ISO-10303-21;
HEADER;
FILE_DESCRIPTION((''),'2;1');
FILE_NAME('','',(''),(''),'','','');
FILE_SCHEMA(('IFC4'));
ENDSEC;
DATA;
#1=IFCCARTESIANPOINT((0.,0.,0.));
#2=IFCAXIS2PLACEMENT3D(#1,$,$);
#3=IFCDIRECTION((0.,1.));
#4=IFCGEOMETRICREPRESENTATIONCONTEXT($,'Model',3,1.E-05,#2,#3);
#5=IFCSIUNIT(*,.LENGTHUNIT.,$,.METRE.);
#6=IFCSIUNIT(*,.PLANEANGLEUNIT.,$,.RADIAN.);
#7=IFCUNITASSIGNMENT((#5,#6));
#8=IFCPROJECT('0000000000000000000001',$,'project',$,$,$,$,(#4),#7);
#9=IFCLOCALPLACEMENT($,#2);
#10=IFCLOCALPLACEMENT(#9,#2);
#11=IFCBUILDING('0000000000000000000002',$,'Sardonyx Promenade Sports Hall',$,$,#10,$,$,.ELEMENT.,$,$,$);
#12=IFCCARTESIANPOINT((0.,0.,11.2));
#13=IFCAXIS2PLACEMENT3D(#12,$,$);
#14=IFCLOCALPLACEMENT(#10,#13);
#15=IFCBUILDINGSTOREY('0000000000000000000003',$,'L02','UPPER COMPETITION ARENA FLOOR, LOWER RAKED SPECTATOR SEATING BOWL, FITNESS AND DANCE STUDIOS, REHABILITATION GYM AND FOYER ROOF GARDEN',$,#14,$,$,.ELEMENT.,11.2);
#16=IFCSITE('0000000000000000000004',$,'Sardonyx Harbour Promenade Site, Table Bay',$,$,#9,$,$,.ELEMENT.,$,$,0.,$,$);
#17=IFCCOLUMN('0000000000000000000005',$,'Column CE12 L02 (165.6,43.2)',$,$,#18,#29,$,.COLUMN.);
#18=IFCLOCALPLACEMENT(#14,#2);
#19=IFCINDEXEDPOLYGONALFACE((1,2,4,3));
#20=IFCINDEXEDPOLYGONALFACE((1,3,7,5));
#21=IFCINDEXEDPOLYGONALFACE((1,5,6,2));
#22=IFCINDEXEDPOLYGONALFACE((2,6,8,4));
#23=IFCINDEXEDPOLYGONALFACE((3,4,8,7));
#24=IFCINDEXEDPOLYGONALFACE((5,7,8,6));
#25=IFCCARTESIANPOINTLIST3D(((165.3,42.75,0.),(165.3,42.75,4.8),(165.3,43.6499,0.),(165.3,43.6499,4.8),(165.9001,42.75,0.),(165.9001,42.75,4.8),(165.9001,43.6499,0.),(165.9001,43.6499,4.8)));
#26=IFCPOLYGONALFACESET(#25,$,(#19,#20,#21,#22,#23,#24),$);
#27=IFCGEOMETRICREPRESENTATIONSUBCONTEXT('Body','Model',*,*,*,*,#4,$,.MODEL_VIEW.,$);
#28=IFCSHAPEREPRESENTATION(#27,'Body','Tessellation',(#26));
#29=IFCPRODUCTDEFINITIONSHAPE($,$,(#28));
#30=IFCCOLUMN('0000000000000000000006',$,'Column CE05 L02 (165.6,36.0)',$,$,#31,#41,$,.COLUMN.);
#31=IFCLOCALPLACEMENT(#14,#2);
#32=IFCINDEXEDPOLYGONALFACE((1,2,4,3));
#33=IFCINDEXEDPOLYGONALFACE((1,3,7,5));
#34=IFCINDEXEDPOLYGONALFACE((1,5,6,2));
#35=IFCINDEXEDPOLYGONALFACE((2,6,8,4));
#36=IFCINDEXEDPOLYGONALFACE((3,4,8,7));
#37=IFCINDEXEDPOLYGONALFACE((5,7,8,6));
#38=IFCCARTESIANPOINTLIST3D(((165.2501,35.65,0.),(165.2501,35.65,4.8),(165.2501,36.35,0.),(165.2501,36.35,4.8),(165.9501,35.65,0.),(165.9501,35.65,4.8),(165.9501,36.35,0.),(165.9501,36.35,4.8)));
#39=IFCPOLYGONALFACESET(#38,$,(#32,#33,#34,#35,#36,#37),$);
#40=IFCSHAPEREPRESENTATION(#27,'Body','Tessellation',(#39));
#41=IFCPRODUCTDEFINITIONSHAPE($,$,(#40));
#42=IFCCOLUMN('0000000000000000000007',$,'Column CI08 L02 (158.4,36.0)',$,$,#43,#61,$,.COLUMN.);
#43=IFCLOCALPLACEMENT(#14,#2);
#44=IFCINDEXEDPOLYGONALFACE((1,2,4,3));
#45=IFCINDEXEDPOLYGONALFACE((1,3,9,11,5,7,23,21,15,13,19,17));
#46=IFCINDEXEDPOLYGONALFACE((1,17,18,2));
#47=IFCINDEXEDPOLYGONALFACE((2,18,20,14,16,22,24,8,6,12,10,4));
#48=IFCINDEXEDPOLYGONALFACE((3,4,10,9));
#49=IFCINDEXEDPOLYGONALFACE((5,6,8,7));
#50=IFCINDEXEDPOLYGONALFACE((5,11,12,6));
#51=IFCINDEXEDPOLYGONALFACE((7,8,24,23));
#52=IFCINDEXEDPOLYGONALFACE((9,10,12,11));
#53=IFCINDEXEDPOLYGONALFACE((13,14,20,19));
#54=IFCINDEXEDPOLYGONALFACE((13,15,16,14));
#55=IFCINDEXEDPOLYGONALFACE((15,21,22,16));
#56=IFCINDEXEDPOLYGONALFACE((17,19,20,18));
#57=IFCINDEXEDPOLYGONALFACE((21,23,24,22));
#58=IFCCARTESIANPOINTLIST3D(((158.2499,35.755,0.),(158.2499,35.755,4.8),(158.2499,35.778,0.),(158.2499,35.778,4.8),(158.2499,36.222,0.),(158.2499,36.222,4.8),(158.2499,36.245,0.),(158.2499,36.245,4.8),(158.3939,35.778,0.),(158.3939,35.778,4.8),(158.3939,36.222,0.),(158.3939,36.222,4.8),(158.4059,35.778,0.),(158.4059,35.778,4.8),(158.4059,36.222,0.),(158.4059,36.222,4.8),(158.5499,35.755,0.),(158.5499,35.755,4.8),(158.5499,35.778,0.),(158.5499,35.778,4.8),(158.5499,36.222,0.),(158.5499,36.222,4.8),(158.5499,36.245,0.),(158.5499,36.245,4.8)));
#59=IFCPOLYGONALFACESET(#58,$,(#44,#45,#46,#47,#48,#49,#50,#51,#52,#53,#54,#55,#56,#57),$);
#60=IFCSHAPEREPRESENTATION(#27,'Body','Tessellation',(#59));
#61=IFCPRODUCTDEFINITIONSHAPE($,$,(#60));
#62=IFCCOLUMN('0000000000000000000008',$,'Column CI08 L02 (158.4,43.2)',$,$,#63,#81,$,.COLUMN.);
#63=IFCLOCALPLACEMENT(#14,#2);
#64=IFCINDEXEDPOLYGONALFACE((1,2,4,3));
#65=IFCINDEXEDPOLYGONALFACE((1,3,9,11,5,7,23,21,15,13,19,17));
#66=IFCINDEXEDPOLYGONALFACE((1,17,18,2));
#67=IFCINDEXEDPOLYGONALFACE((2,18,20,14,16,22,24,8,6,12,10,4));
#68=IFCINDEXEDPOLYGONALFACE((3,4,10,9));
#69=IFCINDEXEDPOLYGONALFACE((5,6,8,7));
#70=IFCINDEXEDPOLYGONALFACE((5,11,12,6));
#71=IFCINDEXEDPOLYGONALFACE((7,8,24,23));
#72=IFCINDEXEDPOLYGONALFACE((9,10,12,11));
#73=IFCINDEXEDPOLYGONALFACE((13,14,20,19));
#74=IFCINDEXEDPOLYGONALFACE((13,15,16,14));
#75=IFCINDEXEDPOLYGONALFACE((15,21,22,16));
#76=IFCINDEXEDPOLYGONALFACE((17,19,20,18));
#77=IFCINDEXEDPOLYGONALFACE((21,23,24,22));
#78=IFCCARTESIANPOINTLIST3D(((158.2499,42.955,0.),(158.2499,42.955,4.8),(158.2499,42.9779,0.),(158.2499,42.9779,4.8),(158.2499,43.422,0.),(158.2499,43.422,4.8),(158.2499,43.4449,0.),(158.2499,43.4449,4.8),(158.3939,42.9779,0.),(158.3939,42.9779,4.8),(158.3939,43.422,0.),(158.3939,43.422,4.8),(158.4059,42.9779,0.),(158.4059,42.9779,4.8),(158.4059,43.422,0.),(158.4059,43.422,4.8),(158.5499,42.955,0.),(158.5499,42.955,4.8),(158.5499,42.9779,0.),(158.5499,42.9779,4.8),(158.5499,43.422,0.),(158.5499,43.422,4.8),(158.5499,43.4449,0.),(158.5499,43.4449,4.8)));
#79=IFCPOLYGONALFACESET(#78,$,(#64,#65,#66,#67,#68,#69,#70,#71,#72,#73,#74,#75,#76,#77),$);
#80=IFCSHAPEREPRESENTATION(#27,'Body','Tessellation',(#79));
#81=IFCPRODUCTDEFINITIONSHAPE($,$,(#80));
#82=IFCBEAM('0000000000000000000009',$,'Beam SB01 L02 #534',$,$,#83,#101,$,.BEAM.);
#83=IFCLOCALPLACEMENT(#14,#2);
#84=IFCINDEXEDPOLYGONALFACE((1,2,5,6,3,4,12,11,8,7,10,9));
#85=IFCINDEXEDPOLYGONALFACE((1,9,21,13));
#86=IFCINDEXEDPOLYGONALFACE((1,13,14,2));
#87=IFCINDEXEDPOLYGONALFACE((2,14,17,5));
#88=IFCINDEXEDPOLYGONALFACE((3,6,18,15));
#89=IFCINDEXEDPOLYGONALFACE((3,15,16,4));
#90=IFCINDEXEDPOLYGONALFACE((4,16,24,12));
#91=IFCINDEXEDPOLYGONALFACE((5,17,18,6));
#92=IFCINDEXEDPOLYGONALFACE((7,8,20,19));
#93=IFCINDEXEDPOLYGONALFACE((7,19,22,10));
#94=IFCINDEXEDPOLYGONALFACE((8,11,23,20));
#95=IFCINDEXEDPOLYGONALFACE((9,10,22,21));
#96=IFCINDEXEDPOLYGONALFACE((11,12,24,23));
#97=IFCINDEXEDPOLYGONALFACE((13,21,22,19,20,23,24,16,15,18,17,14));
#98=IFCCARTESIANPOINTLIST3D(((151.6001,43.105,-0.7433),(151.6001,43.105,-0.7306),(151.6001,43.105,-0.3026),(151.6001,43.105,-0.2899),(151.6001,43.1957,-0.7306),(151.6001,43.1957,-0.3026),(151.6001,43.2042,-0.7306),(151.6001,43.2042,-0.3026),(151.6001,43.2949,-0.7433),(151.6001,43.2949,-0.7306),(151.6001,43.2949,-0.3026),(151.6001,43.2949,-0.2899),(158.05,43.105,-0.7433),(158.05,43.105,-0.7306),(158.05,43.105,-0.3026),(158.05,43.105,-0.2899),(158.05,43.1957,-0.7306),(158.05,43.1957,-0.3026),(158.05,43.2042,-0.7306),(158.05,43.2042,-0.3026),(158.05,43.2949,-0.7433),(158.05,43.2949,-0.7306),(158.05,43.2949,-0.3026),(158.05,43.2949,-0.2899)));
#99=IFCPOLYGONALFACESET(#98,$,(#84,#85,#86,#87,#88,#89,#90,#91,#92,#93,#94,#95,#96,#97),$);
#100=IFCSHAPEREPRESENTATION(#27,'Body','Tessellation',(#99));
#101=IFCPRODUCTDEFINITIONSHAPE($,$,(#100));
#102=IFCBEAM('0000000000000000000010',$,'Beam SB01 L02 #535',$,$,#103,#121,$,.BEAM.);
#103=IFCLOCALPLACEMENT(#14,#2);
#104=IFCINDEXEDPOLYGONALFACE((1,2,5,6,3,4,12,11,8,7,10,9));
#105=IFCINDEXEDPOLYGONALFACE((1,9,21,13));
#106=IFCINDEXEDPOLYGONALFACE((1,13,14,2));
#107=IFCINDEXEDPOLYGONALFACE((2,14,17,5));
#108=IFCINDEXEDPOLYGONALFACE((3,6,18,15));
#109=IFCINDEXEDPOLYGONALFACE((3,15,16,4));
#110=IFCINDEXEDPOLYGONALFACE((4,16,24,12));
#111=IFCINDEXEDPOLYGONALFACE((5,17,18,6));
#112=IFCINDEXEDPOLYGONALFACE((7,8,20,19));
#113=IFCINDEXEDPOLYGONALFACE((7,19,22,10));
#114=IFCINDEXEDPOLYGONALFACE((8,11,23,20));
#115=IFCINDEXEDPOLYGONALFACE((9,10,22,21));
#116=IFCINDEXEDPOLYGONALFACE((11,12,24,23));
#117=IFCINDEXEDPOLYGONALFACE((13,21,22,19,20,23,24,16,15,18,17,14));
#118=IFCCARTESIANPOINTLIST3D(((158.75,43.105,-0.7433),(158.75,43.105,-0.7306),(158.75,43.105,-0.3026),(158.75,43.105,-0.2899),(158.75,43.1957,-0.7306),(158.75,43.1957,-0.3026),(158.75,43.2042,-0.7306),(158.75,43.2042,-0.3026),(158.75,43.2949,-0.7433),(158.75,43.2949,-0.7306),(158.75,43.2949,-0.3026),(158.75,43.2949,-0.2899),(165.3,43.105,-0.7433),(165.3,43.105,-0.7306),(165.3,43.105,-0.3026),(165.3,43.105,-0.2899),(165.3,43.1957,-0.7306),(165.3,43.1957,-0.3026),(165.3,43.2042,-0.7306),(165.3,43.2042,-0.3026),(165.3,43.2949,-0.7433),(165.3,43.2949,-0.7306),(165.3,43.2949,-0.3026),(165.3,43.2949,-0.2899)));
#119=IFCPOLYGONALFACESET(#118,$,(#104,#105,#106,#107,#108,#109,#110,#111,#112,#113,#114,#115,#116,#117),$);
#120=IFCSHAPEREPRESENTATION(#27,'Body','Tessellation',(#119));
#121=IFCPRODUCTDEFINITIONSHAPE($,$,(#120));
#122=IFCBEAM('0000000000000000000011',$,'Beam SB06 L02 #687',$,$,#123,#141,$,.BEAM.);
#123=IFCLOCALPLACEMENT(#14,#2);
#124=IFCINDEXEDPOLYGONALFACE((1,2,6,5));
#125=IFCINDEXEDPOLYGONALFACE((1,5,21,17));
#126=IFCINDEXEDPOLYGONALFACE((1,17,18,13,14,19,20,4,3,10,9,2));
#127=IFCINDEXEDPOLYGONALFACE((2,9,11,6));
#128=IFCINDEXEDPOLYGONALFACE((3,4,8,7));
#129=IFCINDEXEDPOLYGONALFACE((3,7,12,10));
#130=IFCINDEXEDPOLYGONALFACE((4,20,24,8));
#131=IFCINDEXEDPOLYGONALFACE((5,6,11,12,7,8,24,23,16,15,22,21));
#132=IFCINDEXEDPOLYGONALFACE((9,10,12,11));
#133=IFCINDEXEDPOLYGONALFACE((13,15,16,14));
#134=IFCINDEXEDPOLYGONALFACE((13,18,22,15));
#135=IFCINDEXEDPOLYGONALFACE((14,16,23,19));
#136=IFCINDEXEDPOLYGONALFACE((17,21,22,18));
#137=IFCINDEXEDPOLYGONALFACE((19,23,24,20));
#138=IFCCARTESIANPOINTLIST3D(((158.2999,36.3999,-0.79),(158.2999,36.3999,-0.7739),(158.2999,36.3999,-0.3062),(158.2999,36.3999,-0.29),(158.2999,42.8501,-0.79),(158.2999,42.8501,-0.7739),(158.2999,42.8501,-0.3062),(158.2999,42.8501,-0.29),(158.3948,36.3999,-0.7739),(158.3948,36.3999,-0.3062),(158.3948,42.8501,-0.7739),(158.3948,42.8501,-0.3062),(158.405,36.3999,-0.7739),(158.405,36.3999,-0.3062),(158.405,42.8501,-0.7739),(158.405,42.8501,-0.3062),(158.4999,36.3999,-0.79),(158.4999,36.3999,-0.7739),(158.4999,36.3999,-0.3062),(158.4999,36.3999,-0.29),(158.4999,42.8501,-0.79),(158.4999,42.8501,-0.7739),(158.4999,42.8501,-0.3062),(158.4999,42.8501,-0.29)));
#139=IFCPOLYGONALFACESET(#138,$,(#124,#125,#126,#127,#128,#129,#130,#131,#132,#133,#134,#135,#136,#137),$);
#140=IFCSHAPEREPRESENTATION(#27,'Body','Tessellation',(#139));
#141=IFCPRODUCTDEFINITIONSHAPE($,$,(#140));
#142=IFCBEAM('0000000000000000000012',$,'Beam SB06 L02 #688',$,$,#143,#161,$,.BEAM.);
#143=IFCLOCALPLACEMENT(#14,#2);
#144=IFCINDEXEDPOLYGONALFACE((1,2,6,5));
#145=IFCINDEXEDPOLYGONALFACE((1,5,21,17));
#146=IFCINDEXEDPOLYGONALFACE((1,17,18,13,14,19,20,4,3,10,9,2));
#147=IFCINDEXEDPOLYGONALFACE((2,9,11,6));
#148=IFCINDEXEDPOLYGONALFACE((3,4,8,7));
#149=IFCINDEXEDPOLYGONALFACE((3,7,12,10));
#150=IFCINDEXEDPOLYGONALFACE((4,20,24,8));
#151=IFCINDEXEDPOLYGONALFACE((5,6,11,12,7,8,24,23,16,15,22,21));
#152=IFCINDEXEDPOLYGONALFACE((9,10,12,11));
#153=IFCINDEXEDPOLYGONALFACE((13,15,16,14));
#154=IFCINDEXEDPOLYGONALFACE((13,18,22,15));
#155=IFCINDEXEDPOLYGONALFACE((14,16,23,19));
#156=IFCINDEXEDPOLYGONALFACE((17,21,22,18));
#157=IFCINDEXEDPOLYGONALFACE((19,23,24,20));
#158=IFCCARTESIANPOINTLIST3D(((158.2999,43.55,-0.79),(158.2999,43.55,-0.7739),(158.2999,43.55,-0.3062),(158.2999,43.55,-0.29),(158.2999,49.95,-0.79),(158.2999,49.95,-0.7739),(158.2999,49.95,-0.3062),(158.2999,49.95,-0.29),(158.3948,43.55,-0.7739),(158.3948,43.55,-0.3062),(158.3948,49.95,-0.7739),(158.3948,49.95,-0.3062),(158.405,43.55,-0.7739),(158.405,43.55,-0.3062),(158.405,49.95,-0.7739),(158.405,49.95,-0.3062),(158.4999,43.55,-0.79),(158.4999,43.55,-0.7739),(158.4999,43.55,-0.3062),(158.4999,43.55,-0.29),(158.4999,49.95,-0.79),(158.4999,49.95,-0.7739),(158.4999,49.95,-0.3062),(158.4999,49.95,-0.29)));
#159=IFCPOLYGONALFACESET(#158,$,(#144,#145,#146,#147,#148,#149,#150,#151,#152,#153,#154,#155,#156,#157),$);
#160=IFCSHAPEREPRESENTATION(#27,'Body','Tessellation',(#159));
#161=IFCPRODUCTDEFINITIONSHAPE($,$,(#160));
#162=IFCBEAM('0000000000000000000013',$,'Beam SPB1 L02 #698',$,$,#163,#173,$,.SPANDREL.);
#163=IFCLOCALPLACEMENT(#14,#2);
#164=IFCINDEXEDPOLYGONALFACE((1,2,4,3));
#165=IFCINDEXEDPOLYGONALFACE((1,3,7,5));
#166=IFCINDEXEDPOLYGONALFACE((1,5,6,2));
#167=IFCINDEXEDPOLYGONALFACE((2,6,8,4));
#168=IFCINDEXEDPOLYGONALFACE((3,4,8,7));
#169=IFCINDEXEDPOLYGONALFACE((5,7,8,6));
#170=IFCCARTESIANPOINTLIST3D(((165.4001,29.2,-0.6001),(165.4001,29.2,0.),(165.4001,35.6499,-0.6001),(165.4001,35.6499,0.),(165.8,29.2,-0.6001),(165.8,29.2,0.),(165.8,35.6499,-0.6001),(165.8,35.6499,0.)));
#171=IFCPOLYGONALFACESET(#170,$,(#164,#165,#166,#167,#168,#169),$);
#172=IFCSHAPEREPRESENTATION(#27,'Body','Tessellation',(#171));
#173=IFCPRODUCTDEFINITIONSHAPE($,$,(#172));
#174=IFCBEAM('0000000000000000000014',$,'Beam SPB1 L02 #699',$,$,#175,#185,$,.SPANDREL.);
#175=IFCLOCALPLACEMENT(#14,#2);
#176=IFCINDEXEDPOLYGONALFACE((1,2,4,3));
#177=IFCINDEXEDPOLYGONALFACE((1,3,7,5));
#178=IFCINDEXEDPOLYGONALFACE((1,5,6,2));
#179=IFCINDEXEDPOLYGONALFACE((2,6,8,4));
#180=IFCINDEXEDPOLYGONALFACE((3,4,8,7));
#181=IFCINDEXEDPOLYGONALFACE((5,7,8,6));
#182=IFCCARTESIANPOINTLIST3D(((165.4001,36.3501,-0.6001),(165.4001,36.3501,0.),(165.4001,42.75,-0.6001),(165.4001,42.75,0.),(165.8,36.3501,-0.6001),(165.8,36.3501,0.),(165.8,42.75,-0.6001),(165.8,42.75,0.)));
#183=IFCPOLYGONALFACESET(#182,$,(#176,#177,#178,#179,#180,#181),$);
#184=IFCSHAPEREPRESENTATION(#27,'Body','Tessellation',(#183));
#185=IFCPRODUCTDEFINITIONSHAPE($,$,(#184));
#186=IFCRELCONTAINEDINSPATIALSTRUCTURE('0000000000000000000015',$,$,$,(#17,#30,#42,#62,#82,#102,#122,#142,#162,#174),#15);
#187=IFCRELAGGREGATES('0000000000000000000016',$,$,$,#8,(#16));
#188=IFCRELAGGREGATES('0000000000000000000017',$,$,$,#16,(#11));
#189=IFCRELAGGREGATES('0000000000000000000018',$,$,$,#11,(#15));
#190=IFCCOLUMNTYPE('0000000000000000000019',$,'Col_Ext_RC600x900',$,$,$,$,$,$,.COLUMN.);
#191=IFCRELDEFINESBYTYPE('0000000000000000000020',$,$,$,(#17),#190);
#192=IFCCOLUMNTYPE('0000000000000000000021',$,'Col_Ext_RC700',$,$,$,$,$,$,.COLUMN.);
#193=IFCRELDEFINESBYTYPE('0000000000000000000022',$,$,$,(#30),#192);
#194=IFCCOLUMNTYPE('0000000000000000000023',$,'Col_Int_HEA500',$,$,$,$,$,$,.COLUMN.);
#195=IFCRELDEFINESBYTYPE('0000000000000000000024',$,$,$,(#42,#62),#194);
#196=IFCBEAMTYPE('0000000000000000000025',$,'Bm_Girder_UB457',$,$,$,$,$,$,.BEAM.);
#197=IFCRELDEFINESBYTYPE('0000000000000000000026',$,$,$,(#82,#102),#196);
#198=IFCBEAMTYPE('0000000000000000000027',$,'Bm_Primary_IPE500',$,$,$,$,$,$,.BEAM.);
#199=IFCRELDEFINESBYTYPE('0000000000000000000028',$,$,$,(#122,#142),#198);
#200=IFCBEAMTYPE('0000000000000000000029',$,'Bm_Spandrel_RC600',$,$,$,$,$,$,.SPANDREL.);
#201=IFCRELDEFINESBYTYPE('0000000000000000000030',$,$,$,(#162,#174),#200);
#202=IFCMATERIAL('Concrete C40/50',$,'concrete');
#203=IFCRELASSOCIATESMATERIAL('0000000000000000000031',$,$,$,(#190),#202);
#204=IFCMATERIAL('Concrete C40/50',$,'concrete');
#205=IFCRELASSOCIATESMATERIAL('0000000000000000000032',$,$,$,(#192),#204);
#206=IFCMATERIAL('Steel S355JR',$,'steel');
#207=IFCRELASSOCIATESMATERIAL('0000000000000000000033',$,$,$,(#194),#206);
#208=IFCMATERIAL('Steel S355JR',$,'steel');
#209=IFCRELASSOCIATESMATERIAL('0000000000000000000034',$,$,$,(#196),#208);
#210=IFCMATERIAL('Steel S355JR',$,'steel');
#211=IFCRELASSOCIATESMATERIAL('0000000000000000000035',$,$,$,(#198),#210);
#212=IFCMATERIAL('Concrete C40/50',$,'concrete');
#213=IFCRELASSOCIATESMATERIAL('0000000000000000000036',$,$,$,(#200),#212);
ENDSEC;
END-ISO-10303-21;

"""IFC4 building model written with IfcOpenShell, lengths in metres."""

from ifc_helpers import new_model, si_unit, direction, frame, origin, origin_2d, place, context, subcontext, project, spatial, rectangle, i_section, extrude, material, material_profile, profile_set, type_object, element, save


model = new_model("IFC4")

# Units and contexts
model_context = context("Model", 3, precision=1e-05, world=origin(), true_north=direction((0.0, 1.0)))
body_context = subcontext(model_context, "Body", "Model", "MODEL_VIEW")
ifc_project = project(units=[si_unit("LENGTHUNIT", "METRE"), si_unit("PLANEANGLEUNIT", "RADIAN")], contexts=[model_context])

# Site, building, storey
site_placement = place(None, origin())
site = spatial("IfcSite", under=ifc_project, at=site_placement, Name="Sardonyx Harbour Promenade Site, Table Bay", CompositionType="ELEMENT", RefElevation=0.0)
building_placement = place(site_placement, origin())
building = spatial("IfcBuilding", under=site, at=building_placement, Name="Sardonyx Promenade Sports Hall", CompositionType="ELEMENT")
storey_placement = place(building_placement, frame((0.0, 0.0, 11.2)))
storey = spatial("IfcBuildingStorey", under=building, at=storey_placement, Name="L02", Description="UPPER COMPETITION ARENA FLOOR, LOWER RAKED SPECTATOR SEATING BOWL, FITNESS AND DANCE STUDIOS, REHABILITATION GYM AND FOYER ROOF GARDEN", CompositionType="ELEMENT", Elevation=11.2)

# Columns
ifc_material_1 = material(Name="Concrete C40/50", Category="concrete")
ifc_material_profile_1 = material_profile(ifc_material_1, rectangle(XDim=0.6001, YDim=0.8999, at=origin_2d()))
ifc_profile_set_1 = profile_set([ifc_material_profile_1], Name="Concrete C40/50")
column_type_1 = type_object("IfcColumnType", Name="Col_Ext_RC600x900", PredefinedType="COLUMN", material=ifc_profile_set_1)
column_1_placement = place(storey_placement, frame((165.6001, 43.2, 0.0), z_axis=(0.0, 0.0, 1.0), x_axis=(1.0, 0.0, 0.0)))
element("IfcColumn", 1, at=column_1_placement, inside=storey, type_object=column_type_1, Name="Column CE12 L02 (165.6,43.2)", PredefinedType="COLUMN", context=body_context, shape_type="SweptSolid", body=[
    extrude(rectangle(XDim=0.6001, YDim=0.8999, at=origin_2d()), origin(), (0.0, 0.0, 1.0), 4.8),
])
ifc_material_2 = material(Name="Concrete C40/50", Category="concrete")
ifc_material_profile_2 = material_profile(ifc_material_2, rectangle(XDim=0.7, YDim=0.7, at=origin_2d()))
ifc_profile_set_2 = profile_set([ifc_material_profile_2], Name="Concrete C40/50")
column_type_2 = type_object("IfcColumnType", Name="Col_Ext_RC700", PredefinedType="COLUMN", material=ifc_profile_set_2)
column_2_placement = place(storey_placement, frame((165.6001, 36.0, 0.0), z_axis=(0.0, 0.0, 1.0), x_axis=(1.0, 0.0, 0.0)))
element("IfcColumn", 2, at=column_2_placement, inside=storey, type_object=column_type_2, Name="Column CE05 L02 (165.6,36.0)", PredefinedType="COLUMN", context=body_context, shape_type="SweptSolid", body=[
    extrude(rectangle(XDim=0.7, YDim=0.7, at=origin_2d()), origin(), (0.0, 0.0, 1.0), 4.8),
])
ifc_material_3 = material(Name="Steel S355JR", Category="steel")
ifc_material_profile_3 = material_profile(ifc_material_3, i_section(OverallWidth=0.3, OverallDepth=0.49, WebThickness=0.012, FlangeThickness=0.0229, at=origin_2d()))
ifc_profile_set_3 = profile_set([ifc_material_profile_3], Name="Steel S355JR")
column_type_3 = type_object("IfcColumnType", Name="Col_Int_HEA500", PredefinedType="COLUMN", material=ifc_profile_set_3)
for number, where, z_axis, x_axis, name in (
    (3, (158.3999, 36.0, 0.0), (0.0, 0.0, 1.0), (1.0, 0.0, 0.0), "Column CI08 L02 (158.4,36.0)"),
    (4, (158.3999, 43.2, 0.0), (0.0, 0.0, 1.0), (1.0, 0.0, 0.0), "Column CI08 L02 (158.4,43.2)"),
):
    element("IfcColumn", number, at=place(storey_placement, frame(where, z_axis=z_axis, x_axis=x_axis)), inside=storey, type_object=column_type_3, Name=name, PredefinedType="COLUMN", context=body_context, shape_type="SweptSolid", body=[
        extrude(i_section(OverallWidth=0.3, OverallDepth=0.49, WebThickness=0.012, FlangeThickness=0.0229, at=origin_2d()), origin(), (0.0, 0.0, 1.0), 4.8),
    ])

# Beams
ifc_material_4 = material(Name="Steel S355JR", Category="steel")
ifc_material_profile_4 = material_profile(ifc_material_4, i_section(OverallWidth=0.1899, OverallDepth=0.4534, WebThickness=0.0085, FlangeThickness=0.0127, at=origin_2d()))
ifc_profile_set_4 = profile_set([ifc_material_profile_4], Name="Steel S355JR")
beam_type_1 = type_object("IfcBeamType", Name="Bm_Girder_UB457", PredefinedType="BEAM", material=ifc_profile_set_4)
beam_1_placement = place(storey_placement, frame((151.6001, 43.2, -0.5166), z_axis=(1.0, 0.0, 0.0), x_axis=(0.0, 1.0, 0.0)))
element("IfcBeam", 5, at=beam_1_placement, inside=storey, type_object=beam_type_1, Name="Beam SB01 L02 #534", PredefinedType="BEAM", context=body_context, shape_type="SweptSolid", body=[
    extrude(i_section(OverallWidth=0.1899, OverallDepth=0.4534, WebThickness=0.0085, FlangeThickness=0.0127, at=origin_2d()), origin(), (0.0, 0.0, 1.0), 6.45),
])
beam_2_placement = place(storey_placement, frame((158.75, 43.2, -0.5166), z_axis=(1.0, 0.0, 0.0), x_axis=(0.0, 1.0, 0.0)))
element("IfcBeam", 6, at=beam_2_placement, inside=storey, type_object=beam_type_1, Name="Beam SB01 L02 #535", PredefinedType="BEAM", context=body_context, shape_type="SweptSolid", body=[
    extrude(i_section(OverallWidth=0.1899, OverallDepth=0.4534, WebThickness=0.0085, FlangeThickness=0.0127, at=origin_2d()), origin(), (0.0, 0.0, 1.0), 6.55),
])
ifc_material_5 = material(Name="Steel S355JR", Category="steel")
ifc_material_profile_5 = material_profile(ifc_material_5, i_section(OverallWidth=0.2, OverallDepth=0.5, WebThickness=0.0103, FlangeThickness=0.0161, at=origin_2d()))
ifc_profile_set_5 = profile_set([ifc_material_profile_5], Name="Steel S355JR")
beam_type_2 = type_object("IfcBeamType", Name="Bm_Primary_IPE500", PredefinedType="BEAM", material=ifc_profile_set_5)
beam_3_placement = place(storey_placement, frame((158.3999, 36.3999, -0.54), z_axis=(0.0, 1.0, 0.0), x_axis=(-1.0, 0.0, 0.0)))
element("IfcBeam", 7, at=beam_3_placement, inside=storey, type_object=beam_type_2, Name="Beam SB06 L02 #687", PredefinedType="BEAM", context=body_context, shape_type="SweptSolid", body=[
    extrude(i_section(OverallWidth=0.2, OverallDepth=0.5, WebThickness=0.0103, FlangeThickness=0.0161, at=origin_2d()), origin(), (0.0, 0.0, 1.0), 6.4502),
])
beam_4_placement = place(storey_placement, frame((158.3999, 43.55, -0.54), z_axis=(0.0, 1.0, 0.0), x_axis=(-1.0, 0.0, 0.0)))
element("IfcBeam", 8, at=beam_4_placement, inside=storey, type_object=beam_type_2, Name="Beam SB06 L02 #688", PredefinedType="BEAM", context=body_context, shape_type="SweptSolid", body=[
    extrude(i_section(OverallWidth=0.2, OverallDepth=0.5, WebThickness=0.0103, FlangeThickness=0.0161, at=origin_2d()), origin(), (0.0, 0.0, 1.0), 6.3999),
])
ifc_material_6 = material(Name="Concrete C40/50", Category="concrete")
ifc_material_profile_6 = material_profile(ifc_material_6, rectangle(XDim=0.3999, YDim=0.6001, at=origin_2d()))
ifc_profile_set_6 = profile_set([ifc_material_profile_6], Name="Concrete C40/50")
beam_type_3 = type_object("IfcBeamType", Name="Bm_Spandrel_RC600", PredefinedType="SPANDREL", material=ifc_profile_set_6)
beam_5_placement = place(storey_placement, frame((165.6001, 29.2, -0.3), z_axis=(0.0, 1.0, 0.0), x_axis=(-1.0, 0.0, 0.0)))
element("IfcBeam", 9, at=beam_5_placement, inside=storey, type_object=beam_type_3, Name="Beam SPB1 L02 #698", PredefinedType="SPANDREL", context=body_context, shape_type="SweptSolid", body=[
    extrude(rectangle(XDim=0.3999, YDim=0.6001, at=origin_2d()), origin(), (0.0, 0.0, 1.0), 6.45),
])
beam_6_placement = place(storey_placement, frame((165.6001, 36.3501, -0.3), z_axis=(0.0, 1.0, 0.0), x_axis=(-1.0, 0.0, 0.0)))
element("IfcBeam", 10, at=beam_6_placement, inside=storey, type_object=beam_type_3, Name="Beam SPB1 L02 #699", PredefinedType="SPANDREL", context=body_context, shape_type="SweptSolid", body=[
    extrude(rectangle(XDim=0.3999, YDim=0.6001, at=origin_2d()), origin(), (0.0, 0.0, 1.0), 6.3999),
])

save(model, "model.ifc")
